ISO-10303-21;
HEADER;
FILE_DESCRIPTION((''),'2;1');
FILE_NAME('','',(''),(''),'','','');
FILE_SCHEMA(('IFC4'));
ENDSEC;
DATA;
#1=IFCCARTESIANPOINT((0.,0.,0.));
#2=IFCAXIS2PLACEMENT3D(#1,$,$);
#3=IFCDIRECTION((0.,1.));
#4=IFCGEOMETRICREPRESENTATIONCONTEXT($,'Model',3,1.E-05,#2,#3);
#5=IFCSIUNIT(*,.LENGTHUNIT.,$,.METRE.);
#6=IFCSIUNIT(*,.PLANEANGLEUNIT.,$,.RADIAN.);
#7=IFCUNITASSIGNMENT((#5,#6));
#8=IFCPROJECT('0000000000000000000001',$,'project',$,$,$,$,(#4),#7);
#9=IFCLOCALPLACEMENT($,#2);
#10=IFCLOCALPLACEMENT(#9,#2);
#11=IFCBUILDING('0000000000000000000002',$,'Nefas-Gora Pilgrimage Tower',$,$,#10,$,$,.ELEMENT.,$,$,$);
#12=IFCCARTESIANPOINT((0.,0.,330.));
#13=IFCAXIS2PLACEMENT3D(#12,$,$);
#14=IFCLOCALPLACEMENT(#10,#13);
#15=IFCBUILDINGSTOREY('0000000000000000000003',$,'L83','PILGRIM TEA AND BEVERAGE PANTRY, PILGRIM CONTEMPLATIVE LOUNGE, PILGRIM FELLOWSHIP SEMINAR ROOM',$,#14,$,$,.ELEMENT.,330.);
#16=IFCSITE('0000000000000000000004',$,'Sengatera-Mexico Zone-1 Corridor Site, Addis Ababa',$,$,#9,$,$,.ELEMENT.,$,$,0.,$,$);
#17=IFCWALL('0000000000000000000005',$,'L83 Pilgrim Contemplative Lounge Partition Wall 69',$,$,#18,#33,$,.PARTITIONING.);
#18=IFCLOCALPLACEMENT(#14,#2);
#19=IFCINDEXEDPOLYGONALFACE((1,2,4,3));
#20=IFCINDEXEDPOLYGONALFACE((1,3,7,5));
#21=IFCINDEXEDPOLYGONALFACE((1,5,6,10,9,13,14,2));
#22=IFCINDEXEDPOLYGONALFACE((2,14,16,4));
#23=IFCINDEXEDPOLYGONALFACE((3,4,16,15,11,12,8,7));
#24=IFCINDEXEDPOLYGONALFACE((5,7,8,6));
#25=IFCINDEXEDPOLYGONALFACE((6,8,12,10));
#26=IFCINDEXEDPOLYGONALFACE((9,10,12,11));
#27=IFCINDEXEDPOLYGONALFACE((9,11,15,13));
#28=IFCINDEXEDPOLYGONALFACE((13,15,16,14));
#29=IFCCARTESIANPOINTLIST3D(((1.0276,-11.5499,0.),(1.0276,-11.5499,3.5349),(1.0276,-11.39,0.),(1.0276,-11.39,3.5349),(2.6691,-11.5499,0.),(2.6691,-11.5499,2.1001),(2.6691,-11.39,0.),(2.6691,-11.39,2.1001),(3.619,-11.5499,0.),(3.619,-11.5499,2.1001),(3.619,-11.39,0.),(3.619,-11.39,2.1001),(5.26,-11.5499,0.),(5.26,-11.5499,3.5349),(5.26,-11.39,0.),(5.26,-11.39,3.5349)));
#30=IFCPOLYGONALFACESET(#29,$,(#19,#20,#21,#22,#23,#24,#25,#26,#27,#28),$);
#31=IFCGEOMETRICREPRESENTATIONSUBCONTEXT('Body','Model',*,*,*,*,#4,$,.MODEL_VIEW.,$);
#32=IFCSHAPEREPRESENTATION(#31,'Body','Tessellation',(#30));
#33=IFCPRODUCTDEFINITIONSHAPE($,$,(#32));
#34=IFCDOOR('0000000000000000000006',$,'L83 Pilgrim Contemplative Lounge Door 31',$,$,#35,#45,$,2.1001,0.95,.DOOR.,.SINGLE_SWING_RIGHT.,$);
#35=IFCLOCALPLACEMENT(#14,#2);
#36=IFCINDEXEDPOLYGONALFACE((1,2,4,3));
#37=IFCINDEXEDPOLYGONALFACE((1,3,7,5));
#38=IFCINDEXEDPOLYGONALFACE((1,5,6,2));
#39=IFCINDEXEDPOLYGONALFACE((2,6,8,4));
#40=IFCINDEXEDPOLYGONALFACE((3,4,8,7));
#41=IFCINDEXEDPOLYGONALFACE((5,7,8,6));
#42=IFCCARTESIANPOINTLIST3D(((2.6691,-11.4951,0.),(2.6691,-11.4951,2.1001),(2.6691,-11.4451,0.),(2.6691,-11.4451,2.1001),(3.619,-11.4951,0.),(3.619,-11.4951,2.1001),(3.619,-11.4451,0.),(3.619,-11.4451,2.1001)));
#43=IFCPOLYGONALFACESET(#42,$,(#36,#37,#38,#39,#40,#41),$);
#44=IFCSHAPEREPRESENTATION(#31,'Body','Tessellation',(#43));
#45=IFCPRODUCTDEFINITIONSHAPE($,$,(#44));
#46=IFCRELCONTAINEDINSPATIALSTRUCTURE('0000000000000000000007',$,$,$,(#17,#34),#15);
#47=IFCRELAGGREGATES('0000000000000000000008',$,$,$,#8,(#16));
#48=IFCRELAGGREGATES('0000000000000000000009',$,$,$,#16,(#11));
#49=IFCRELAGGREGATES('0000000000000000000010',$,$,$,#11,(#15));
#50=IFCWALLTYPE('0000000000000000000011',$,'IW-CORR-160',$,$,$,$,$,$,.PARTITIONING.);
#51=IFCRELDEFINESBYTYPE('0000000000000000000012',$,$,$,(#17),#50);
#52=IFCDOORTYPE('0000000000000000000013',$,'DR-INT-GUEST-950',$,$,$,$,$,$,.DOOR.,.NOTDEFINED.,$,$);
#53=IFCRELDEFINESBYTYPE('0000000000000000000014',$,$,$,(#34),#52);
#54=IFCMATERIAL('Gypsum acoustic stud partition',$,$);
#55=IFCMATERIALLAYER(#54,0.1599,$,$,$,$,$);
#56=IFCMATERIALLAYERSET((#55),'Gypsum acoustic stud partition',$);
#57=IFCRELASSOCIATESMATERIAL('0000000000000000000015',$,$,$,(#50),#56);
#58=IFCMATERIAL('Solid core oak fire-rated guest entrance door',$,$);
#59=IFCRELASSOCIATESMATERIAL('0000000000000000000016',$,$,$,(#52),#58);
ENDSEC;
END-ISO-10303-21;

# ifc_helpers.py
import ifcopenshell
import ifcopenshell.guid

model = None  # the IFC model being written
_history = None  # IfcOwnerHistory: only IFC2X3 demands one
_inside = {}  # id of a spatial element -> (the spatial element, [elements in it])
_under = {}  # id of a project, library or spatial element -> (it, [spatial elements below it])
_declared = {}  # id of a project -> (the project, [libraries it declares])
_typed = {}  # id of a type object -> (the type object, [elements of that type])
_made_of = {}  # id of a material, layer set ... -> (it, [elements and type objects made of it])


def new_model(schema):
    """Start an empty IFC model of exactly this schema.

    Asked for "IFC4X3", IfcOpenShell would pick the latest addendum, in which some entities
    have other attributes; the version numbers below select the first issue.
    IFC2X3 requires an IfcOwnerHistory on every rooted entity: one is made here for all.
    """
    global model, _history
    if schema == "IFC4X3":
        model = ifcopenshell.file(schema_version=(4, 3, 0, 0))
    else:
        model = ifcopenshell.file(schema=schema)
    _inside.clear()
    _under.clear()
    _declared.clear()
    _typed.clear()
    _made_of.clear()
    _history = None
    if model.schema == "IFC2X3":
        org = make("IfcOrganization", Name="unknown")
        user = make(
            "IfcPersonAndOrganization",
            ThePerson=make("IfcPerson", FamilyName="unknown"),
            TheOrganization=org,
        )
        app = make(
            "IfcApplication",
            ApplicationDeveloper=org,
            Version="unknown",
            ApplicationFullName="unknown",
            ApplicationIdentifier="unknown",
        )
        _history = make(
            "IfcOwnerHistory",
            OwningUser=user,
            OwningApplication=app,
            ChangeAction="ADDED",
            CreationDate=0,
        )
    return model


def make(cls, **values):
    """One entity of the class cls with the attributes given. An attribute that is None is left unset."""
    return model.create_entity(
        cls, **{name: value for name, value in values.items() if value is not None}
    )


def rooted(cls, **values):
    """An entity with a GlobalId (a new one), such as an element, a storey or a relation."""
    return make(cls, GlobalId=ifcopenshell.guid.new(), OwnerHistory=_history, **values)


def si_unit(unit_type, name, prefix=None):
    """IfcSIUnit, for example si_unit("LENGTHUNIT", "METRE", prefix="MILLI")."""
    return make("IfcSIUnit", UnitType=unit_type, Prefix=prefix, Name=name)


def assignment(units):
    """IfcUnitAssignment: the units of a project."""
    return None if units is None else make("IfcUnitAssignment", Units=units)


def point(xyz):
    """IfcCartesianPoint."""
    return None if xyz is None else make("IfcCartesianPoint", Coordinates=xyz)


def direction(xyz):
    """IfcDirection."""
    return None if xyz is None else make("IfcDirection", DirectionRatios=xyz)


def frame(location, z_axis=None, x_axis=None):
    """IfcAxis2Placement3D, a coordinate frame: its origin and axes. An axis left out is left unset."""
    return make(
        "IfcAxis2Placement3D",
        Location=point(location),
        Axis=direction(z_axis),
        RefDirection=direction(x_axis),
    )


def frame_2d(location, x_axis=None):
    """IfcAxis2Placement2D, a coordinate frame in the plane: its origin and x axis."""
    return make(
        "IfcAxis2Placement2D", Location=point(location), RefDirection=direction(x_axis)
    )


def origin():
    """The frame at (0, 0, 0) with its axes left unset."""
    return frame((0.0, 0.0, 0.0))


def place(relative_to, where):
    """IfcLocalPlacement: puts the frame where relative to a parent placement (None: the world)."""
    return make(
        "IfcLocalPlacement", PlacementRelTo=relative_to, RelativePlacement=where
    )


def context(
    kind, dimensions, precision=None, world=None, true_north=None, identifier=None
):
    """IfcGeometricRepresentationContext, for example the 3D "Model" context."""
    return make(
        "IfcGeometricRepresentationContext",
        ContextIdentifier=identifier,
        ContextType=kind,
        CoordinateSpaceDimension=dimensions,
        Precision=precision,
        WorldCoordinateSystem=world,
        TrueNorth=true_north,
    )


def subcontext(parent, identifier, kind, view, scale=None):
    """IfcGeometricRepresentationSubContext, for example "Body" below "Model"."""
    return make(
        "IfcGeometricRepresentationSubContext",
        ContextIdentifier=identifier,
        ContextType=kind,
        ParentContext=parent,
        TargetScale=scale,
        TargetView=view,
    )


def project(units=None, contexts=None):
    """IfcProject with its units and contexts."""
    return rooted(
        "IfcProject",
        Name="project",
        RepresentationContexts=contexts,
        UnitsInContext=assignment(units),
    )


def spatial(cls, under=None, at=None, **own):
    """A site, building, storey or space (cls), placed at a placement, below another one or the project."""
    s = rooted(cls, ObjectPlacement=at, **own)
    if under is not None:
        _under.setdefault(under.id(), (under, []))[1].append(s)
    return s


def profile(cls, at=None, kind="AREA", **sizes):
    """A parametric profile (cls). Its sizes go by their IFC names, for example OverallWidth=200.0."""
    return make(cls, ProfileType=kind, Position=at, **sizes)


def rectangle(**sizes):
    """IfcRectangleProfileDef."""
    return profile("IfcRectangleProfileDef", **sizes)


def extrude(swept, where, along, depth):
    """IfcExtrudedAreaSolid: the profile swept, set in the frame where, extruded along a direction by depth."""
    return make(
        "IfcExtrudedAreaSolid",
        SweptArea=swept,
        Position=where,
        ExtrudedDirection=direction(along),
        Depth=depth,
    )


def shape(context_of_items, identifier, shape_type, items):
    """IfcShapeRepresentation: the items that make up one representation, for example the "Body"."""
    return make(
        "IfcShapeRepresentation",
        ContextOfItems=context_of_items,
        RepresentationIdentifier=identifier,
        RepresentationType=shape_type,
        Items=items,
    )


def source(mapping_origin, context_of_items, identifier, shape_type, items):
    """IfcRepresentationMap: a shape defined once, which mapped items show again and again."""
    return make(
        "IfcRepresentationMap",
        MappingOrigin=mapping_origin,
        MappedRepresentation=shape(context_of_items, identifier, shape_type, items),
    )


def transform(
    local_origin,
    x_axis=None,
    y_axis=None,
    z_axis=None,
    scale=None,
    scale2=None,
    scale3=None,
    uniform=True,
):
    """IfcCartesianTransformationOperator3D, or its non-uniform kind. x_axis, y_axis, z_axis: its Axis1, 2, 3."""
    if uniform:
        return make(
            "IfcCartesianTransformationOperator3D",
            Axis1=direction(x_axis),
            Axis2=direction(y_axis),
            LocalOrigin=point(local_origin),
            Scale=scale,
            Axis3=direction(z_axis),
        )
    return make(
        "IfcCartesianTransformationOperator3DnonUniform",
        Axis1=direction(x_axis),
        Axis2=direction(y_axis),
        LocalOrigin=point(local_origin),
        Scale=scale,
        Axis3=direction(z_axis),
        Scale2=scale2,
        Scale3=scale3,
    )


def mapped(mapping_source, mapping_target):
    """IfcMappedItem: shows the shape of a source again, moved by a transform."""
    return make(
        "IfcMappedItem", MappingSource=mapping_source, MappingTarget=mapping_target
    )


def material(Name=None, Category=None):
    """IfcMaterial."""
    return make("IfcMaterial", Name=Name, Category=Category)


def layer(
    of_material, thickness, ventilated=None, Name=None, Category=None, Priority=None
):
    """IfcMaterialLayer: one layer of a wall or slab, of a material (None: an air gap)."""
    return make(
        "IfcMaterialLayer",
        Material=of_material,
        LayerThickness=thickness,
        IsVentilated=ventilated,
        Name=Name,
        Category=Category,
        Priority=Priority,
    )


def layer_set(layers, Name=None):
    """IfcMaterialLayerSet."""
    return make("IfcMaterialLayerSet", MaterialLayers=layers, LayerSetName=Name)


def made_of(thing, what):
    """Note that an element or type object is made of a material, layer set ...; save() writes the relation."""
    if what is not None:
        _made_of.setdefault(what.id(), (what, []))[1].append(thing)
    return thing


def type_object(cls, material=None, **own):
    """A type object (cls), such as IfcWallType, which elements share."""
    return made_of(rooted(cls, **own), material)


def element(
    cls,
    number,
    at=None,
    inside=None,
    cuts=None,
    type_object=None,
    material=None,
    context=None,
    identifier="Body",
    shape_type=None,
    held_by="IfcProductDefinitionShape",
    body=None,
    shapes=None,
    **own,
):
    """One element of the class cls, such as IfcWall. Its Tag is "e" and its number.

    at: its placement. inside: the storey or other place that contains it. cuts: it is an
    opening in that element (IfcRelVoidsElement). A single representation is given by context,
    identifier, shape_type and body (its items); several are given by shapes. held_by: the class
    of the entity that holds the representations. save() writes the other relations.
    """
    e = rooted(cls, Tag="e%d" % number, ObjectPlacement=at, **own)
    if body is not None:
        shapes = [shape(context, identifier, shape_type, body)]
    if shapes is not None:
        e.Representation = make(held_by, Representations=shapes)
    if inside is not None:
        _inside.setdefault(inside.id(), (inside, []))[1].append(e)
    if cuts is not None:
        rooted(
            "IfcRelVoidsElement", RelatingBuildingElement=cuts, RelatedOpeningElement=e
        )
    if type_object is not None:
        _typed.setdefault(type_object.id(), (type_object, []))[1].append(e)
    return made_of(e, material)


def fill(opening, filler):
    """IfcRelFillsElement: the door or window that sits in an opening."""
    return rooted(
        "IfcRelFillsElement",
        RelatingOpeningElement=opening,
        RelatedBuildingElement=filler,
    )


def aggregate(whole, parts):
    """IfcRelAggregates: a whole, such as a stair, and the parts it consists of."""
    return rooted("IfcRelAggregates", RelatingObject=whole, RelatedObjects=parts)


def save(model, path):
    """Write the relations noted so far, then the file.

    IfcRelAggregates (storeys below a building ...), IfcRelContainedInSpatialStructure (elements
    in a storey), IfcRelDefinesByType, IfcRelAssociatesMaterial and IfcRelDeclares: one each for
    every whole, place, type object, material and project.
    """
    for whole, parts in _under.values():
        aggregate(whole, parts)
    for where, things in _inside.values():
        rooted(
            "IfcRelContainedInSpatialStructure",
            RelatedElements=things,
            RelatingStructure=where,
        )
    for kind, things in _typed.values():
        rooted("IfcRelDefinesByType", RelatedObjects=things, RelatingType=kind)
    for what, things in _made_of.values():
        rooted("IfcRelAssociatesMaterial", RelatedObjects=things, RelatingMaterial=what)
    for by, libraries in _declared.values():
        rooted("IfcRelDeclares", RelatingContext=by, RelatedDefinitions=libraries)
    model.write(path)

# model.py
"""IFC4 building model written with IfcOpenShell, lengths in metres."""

from ifc_helpers import new_model, si_unit, direction, frame, frame_2d, origin, place, context, subcontext, project, spatial, rectangle, extrude, source, transform, mapped, material, layer, layer_set, type_object, element, fill, save


model = new_model("IFC4")

# Units and contexts
model_context = context("Model", 3, precision=1e-05, world=origin(), true_north=direction((0.0, 1.0)))
body_context = subcontext(model_context, "Body", "Model", "MODEL_VIEW")
ifc_project = project(units=[si_unit("LENGTHUNIT", "METRE"), si_unit("PLANEANGLEUNIT", "RADIAN")], contexts=[model_context])

# Site, building, storey
site_placement = place(None, origin())
site = spatial("IfcSite", under=ifc_project, at=site_placement, Name="Sengatera-Mexico Zone-1 Corridor Site, Addis Ababa", CompositionType="ELEMENT", RefElevation=0.0)
building_placement = place(site_placement, origin())
building = spatial("IfcBuilding", under=site, at=building_placement, Name="Nefas-Gora Pilgrimage Tower", CompositionType="ELEMENT")
storey_placement = place(building_placement, frame((0.0, 0.0, 330.0)))
storey = spatial("IfcBuildingStorey", under=building, at=storey_placement, Name="L83", Description="PILGRIM TEA AND BEVERAGE PANTRY, PILGRIM CONTEMPLATIVE LOUNGE, PILGRIM FELLOWSHIP SEMINAR ROOM", CompositionType="ELEMENT", Elevation=330.0)

# Shared definitions
ifc_material_1 = material(Name="Gypsum acoustic stud partition")
ifc_layer_1 = layer(ifc_material_1, 0.1599)
ifc_layer_set_1 = layer_set([ifc_layer_1], Name="Gypsum acoustic stud partition")
wall_type_1 = type_object("IfcWallType", Name="IW-CORR-160", PredefinedType="PARTITIONING", material=ifc_layer_set_1)

# Wall, opening, door
ifc_material_2 = material(Name="Solid core oak fire-rated guest entrance door")
door_type_1 = type_object("IfcDoorType", Name="DR-INT-GUEST-950", OperationType="NOTDEFINED", PredefinedType="DOOR", material=ifc_material_2)
shared_shape_1 = source(origin(), body_context, "Body", "SweptSolid", [
    extrude(rectangle(XDim=0.95, YDim=2.1001, at=frame_2d((0.4751, 1.05))), frame((0.0, 0.0249, 0.0), z_axis=(0.0, -1.0, 0.0), x_axis=(1.0, 0.0, 0.0)), (0.0, 0.0, 1.0), 0.05),
])
shared_shape_2 = source(origin(), body_context, "Body", "SweptSolid", [
    extrude(rectangle(XDim=4.2324, YDim=0.1599, at=frame_2d((2.1162, 0.0))), origin(), (0.0, 0.0, 1.0), 3.5349),
])
wall_1_placement = place(storey_placement, frame((1.0276, -11.47, 0.0), z_axis=(0.0, 0.0, 1.0), x_axis=(1.0, 0.0, 0.0)))
wall_1 = element("IfcWall", 1, at=wall_1_placement, inside=storey, type_object=wall_type_1, Name="L83 Pilgrim Contemplative Lounge Partition Wall 69", PredefinedType="PARTITIONING", context=body_context, shape_type="MappedRepresentation", body=[
    mapped(shared_shape_2, transform((0.0, 0.0, 0.0), x_axis=(1.0, 0.0, 0.0), y_axis=(0.0, 1.0, 0.0), z_axis=(0.0, 0.0, 1.0), scale=1.0)),
])
opening_1_placement = place(wall_1_placement, frame((1.6414, 0.0, 0.0)))
opening_1 = element("IfcOpeningElement", 2, at=opening_1_placement, cuts=wall_1, PredefinedType="OPENING", context=body_context, shape_type="SweptSolid", body=[
    extrude(rectangle(XDim=0.95, YDim=2.1001, at=frame_2d((0.4751, 1.05))), frame((0.0, 0.0898, 0.0), z_axis=(0.0, -1.0, 0.0), x_axis=(1.0, 0.0, 0.0)), (0.0, 0.0, 1.0), 0.1799),
])
door_1_placement = place(opening_1_placement, origin())
door_1 = element("IfcDoor", 3, at=door_1_placement, inside=storey, type_object=door_type_1, Name="L83 Pilgrim Contemplative Lounge Door 31", OperationType="SINGLE_SWING_RIGHT", OverallHeight=2.1001, OverallWidth=0.95, PredefinedType="DOOR", context=body_context, shape_type="MappedRepresentation", body=[
    mapped(shared_shape_1, transform((0.0, 0.0, 0.0), x_axis=(1.0, 0.0, 0.0), y_axis=(0.0, 1.0, 0.0), z_axis=(0.0, 0.0, 1.0), scale=1.0)),
])
fill(opening_1, door_1)

save(model, "model.ifc")
